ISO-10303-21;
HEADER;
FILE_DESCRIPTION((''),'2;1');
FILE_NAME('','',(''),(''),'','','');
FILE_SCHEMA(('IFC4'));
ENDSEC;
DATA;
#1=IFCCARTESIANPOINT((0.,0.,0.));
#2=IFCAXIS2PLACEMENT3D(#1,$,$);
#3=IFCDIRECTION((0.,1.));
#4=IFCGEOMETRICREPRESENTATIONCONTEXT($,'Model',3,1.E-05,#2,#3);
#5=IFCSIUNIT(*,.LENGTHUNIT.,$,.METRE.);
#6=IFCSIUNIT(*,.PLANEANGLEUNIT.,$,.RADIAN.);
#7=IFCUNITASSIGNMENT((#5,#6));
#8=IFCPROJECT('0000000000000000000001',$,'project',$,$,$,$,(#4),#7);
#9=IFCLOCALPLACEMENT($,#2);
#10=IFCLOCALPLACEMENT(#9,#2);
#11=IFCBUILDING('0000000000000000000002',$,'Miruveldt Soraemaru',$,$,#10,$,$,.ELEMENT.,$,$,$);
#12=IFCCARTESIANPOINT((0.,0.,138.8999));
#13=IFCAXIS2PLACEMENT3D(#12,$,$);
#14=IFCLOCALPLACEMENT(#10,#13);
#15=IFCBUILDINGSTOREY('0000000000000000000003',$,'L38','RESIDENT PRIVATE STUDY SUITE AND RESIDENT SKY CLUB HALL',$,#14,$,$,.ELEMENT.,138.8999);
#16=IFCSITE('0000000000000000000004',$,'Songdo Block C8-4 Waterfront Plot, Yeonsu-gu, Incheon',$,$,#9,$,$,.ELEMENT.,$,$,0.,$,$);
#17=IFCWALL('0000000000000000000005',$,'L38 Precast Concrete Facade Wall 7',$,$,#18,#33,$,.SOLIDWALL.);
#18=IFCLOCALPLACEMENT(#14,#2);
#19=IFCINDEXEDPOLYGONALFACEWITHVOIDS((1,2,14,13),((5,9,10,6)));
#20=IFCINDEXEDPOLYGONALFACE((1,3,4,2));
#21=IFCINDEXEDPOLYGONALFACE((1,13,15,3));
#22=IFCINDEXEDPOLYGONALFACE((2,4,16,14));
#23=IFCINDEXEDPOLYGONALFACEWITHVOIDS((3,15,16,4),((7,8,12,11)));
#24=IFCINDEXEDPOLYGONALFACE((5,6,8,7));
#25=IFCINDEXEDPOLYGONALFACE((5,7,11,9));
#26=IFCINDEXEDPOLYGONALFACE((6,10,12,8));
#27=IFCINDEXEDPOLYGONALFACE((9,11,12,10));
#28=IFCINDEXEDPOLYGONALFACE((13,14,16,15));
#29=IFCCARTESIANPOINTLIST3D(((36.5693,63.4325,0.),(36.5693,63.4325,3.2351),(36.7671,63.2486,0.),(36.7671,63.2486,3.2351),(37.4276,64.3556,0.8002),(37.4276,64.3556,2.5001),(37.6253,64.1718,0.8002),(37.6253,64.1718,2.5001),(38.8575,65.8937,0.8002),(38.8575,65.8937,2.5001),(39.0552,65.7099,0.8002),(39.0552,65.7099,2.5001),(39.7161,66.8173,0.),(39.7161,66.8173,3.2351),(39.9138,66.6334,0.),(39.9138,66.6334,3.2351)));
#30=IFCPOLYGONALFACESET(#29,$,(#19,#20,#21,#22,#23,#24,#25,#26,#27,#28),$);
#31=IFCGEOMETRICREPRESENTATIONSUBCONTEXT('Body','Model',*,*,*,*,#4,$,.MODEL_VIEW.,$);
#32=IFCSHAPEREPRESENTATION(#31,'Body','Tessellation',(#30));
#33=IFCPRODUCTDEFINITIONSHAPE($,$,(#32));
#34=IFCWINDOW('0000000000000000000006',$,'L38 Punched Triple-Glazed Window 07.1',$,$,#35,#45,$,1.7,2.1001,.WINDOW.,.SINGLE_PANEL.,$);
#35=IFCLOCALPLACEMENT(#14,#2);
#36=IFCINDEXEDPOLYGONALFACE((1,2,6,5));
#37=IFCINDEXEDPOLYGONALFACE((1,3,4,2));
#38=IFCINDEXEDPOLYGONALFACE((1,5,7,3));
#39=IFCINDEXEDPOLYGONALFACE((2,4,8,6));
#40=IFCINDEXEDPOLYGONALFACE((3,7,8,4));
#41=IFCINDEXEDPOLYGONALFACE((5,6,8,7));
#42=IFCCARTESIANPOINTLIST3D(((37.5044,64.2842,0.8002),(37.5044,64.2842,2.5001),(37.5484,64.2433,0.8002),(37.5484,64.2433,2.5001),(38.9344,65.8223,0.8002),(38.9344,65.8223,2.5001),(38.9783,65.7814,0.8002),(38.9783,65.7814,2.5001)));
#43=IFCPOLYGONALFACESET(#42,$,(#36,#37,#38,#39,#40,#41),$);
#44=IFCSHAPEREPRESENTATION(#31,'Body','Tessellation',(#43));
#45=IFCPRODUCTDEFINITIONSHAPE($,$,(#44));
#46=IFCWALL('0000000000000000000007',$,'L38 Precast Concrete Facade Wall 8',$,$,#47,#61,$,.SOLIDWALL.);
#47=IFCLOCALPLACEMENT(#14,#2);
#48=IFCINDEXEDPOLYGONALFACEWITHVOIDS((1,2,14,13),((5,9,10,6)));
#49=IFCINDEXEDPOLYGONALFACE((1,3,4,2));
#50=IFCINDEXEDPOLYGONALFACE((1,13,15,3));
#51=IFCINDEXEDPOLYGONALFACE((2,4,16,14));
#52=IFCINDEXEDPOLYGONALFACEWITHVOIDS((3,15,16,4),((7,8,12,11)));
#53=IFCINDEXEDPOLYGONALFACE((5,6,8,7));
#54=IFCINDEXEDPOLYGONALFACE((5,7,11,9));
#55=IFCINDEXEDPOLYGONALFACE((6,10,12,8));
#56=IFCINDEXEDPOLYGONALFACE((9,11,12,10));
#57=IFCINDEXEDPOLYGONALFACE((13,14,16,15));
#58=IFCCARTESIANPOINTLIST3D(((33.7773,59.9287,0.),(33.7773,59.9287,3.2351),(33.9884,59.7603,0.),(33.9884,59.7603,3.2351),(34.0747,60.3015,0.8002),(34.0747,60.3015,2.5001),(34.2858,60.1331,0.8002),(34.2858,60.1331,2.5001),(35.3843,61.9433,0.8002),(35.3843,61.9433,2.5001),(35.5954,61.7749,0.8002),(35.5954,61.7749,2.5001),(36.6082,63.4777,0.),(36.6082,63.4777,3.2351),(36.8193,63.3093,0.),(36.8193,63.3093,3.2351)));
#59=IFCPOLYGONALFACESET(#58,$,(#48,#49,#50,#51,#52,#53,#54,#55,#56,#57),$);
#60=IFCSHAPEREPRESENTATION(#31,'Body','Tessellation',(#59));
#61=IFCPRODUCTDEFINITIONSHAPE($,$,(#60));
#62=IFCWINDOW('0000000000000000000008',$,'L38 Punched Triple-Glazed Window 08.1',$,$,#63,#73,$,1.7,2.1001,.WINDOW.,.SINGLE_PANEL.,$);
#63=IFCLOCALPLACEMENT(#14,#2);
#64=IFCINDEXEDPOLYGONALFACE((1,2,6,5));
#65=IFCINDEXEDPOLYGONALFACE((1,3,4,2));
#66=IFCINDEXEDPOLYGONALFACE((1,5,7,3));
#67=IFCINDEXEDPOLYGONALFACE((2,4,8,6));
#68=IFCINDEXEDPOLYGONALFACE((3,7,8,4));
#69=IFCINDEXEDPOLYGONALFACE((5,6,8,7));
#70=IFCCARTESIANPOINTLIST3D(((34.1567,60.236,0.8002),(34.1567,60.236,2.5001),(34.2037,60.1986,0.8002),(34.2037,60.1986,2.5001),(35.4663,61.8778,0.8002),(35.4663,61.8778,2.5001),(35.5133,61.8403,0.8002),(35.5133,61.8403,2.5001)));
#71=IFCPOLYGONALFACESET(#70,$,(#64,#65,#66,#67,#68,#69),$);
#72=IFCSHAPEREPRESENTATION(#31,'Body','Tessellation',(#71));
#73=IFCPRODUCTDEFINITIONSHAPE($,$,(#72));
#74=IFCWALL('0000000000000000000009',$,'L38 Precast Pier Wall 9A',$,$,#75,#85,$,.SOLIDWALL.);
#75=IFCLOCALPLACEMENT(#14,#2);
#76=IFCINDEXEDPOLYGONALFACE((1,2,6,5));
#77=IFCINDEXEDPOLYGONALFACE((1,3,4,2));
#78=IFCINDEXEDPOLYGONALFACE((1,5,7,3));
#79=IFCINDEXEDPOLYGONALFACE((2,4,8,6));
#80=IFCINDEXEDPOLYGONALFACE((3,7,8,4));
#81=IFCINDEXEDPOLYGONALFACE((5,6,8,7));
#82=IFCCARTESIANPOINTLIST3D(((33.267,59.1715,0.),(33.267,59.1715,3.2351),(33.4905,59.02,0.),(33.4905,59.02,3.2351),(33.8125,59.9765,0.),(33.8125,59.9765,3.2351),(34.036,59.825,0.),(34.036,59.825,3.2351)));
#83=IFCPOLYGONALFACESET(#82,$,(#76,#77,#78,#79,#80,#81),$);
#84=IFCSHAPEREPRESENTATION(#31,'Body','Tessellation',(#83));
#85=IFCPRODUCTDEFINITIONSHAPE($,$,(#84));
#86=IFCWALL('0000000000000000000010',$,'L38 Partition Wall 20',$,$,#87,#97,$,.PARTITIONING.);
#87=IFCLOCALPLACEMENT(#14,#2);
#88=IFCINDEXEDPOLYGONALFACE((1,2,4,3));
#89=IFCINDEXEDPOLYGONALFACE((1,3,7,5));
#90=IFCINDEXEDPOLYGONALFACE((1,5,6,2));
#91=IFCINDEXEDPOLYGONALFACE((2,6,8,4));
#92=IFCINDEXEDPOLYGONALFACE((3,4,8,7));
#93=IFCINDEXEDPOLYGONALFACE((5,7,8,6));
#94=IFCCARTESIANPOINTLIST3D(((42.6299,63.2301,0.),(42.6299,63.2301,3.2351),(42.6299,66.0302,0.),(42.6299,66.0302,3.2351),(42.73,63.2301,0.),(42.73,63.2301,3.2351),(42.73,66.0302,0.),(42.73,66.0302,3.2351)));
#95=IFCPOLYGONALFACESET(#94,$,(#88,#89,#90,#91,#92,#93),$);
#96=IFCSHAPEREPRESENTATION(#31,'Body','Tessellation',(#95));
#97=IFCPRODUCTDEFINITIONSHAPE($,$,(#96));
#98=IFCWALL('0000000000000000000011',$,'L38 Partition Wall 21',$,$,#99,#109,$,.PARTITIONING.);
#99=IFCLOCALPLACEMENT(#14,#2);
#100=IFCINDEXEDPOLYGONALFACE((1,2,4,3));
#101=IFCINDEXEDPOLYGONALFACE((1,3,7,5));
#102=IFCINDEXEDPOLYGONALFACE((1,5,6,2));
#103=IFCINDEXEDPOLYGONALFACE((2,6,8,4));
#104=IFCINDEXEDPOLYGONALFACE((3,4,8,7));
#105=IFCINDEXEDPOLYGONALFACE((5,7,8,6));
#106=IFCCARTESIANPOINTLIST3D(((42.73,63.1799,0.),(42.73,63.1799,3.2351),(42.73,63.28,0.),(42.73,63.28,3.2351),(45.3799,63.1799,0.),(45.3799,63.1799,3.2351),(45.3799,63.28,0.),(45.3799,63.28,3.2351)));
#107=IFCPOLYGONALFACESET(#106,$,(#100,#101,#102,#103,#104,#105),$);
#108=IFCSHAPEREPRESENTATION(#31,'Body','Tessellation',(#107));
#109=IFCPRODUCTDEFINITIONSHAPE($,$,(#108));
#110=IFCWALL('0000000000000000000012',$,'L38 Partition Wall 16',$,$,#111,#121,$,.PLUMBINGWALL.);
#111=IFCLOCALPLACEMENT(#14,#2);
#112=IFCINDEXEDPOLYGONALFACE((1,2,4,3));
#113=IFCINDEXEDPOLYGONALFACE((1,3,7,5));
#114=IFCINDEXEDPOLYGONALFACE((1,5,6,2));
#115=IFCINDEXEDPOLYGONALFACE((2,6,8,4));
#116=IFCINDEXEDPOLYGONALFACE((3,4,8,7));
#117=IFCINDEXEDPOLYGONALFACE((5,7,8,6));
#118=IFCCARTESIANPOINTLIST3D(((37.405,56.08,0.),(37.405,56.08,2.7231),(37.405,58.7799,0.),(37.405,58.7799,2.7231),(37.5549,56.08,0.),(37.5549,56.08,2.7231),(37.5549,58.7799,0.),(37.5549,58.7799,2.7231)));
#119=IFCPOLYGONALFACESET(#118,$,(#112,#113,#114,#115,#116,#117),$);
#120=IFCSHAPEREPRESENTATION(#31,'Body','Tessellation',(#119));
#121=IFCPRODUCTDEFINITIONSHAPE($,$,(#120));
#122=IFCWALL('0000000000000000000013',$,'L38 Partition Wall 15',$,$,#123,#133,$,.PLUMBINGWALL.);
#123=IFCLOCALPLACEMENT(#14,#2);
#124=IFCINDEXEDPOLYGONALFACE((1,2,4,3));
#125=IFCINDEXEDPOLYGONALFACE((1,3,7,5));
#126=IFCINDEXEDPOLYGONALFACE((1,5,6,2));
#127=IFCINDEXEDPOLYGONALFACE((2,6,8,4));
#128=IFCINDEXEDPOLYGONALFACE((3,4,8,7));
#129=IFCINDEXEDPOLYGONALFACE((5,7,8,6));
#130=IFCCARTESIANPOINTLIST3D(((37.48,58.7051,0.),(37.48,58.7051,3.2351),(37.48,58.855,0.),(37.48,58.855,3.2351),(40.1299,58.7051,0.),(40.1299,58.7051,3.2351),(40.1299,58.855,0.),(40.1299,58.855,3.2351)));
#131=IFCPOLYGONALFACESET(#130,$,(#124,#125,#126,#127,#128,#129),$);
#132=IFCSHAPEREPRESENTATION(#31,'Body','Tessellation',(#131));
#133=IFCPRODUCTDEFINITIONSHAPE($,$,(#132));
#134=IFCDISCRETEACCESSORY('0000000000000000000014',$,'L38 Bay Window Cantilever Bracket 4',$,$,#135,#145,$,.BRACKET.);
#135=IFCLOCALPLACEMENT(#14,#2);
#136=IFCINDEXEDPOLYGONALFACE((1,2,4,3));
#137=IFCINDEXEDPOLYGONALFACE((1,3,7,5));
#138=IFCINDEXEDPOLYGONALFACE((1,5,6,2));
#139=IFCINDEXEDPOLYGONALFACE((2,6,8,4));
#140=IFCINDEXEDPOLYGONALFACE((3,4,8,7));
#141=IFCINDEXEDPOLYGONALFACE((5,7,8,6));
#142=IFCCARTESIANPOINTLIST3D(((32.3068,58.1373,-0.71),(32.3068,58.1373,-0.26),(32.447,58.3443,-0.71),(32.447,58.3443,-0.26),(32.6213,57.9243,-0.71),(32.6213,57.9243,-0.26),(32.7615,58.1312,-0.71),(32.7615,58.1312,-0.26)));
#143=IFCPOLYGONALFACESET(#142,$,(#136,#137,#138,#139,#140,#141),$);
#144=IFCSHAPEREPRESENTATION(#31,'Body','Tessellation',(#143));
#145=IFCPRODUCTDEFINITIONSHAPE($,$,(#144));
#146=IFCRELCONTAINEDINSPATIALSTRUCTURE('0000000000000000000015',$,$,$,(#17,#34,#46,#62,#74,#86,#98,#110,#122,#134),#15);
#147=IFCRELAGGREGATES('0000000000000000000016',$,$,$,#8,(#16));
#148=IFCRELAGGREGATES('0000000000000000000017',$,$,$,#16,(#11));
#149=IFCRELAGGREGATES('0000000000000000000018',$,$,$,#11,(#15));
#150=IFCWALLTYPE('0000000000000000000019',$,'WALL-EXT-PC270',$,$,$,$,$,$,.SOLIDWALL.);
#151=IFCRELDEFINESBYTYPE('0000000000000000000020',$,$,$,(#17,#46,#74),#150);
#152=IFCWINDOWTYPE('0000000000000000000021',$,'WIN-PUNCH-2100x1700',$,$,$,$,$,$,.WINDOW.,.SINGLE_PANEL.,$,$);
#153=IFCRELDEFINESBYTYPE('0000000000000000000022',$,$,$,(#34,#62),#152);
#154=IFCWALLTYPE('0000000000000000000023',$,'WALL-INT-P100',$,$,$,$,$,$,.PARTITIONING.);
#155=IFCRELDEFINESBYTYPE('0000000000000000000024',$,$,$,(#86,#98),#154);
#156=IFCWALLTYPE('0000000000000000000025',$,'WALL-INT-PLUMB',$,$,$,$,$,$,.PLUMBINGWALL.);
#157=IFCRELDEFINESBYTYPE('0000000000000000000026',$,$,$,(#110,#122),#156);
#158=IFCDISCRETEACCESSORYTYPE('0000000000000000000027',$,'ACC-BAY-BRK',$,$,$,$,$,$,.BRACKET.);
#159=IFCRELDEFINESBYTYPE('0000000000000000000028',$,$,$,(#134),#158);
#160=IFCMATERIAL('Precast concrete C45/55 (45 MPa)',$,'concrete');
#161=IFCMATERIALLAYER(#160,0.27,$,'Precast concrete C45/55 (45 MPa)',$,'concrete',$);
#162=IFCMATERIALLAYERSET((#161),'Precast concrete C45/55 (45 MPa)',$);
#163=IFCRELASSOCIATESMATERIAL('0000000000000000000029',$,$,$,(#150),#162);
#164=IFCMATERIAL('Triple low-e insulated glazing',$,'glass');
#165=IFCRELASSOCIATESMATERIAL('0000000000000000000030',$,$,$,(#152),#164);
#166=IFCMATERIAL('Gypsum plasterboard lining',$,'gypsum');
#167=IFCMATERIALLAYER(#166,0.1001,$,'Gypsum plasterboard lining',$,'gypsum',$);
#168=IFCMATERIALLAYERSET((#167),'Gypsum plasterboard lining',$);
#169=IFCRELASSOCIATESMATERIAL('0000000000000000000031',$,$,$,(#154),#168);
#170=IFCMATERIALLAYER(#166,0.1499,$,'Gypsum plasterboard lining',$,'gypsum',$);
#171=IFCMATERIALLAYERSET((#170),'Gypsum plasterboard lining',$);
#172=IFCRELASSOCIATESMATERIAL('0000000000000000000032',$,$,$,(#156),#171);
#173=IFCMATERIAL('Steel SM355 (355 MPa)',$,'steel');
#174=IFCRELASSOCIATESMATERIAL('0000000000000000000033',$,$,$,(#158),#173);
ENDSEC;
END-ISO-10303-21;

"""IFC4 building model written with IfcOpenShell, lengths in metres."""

from ifc_helpers import new_model, si_unit, direction, frame, frame_2d, origin, origin_2d, place, context, subcontext, project, spatial, rectangle, extrude, material, layer, layer_set, type_object, element, fill, save


model = new_model("IFC4")

# Units and contexts
model_context = context("Model", 3, precision=1e-05, world=origin(), true_north=direction((0.0, 1.0)))
body_context = subcontext(model_context, "Body", "Model", "MODEL_VIEW")
ifc_project = project(units=[si_unit("LENGTHUNIT", "METRE"), si_unit("PLANEANGLEUNIT", "RADIAN")], contexts=[model_context])

# Site, building, storey
site_placement = place(None, origin())
site = spatial("IfcSite", under=ifc_project, at=site_placement, Name="Songdo Block C8-4 Waterfront Plot, Yeonsu-gu, Incheon", CompositionType="ELEMENT", RefElevation=0.0)
building_placement = place(site_placement, origin())
building = spatial("IfcBuilding", under=site, at=building_placement, Name="Miruveldt Soraemaru", CompositionType="ELEMENT")
storey_placement = place(building_placement, frame((0.0, 0.0, 138.8999)))
storey = spatial("IfcBuildingStorey", under=building, at=storey_placement, Name="L38", Description="RESIDENT PRIVATE STUDY SUITE AND RESIDENT SKY CLUB HALL", CompositionType="ELEMENT", Elevation=138.8999)

# Shared definitions
ifc_material_1 = material(Name="Steel SM355 (355 MPa)", Category="steel")

# Walls, openings, windows
ifc_material_2 = material(Name="Triple low-e insulated glazing", Category="glass")
ifc_material_3 = material(Name="Precast concrete C45/55 (45 MPa)", Category="concrete")
ifc_layer_1 = layer(ifc_material_3, 0.27, Name="Precast concrete C45/55 (45 MPa)", Category="concrete")
ifc_layer_set_1 = layer_set([ifc_layer_1], Name="Precast concrete C45/55 (45 MPa)")
wall_type_1 = type_object("IfcWallType", Name="WALL-EXT-PC270", PredefinedType="SOLIDWALL", material=ifc_layer_set_1)
window_type_1 = type_object("IfcWindowType", Name="WIN-PUNCH-2100x1700", PartitioningType="SINGLE_PANEL", PredefinedType="WINDOW", material=ifc_material_2)
wall_1_placement = place(storey_placement, frame((39.8149, 66.7253, 0.0), z_axis=(0.0, 0.0, 1.0), x_axis=(-0.680885, -0.732391, 0.0)))
wall_1 = element("IfcWall", 1, at=wall_1_placement, inside=storey, type_object=wall_type_1, Name="L38 Precast Concrete Facade Wall 7", PredefinedType="SOLIDWALL", context=body_context, shape_type="SweptSolid", body=[
    extrude(rectangle(XDim=4.6216, YDim=0.27, at=frame_2d((2.3108, 0.0))), origin(), (0.0, 0.0, 1.0), 3.2351),
])
opening_1_placement = place(wall_1_placement, frame((1.261, 0.0, 0.8)))
opening_1 = element("IfcOpeningElement", 2, at=opening_1_placement, cuts=wall_1, PredefinedType="OPENING", context=body_context, shape_type="SweptSolid", body=[
    extrude(rectangle(XDim=2.1001, YDim=1.7, at=frame_2d((1.05, 0.8501))), frame((0.0, 0.145, 0.0), z_axis=(0.0, -1.0, 0.0), x_axis=(1.0, 0.0, 0.0)), (0.0, 0.0, 1.0), 0.29),
])
window_1_placement = place(opening_1_placement, origin())
window_1 = element("IfcWindow", 3, at=window_1_placement, inside=storey, type_object=window_type_1, Name="L38 Punched Triple-Glazed Window 07.1", OverallHeight=1.7, OverallWidth=2.1001, PartitioningType="SINGLE_PANEL", PredefinedType="WINDOW", context=body_context, shape_type="SweptSolid", body=[
    extrude(rectangle(XDim=2.1001, YDim=1.7, at=frame_2d((1.05, 0.8501))), frame((0.0, 0.03, 0.0), z_axis=(0.0, -1.0, 0.0), x_axis=(1.0, 0.0, 0.0)), (0.0, 0.0, 1.0), 0.0601),
])
fill(opening_1, window_1)
wall_2_placement = place(storey_placement, frame((36.7139, 63.3936, 0.0), z_axis=(0.0, 0.0, 1.0), x_axis=(-0.623593, -0.781749, 0.0)))
wall_2 = element("IfcWall", 4, at=wall_2_placement, inside=storey, type_object=wall_type_1, Name="L38 Precast Concrete Facade Wall 8", PredefinedType="SOLIDWALL", context=body_context, shape_type="SweptSolid", body=[
    extrude(rectangle(XDim=4.5398, YDim=0.27, at=frame_2d((2.27, 0.0))), origin(), (0.0, 0.0, 1.0), 3.2351),
])
opening_2_placement = place(wall_2_placement, frame((1.9629, 0.0, 0.8)))
opening_2 = element("IfcOpeningElement", 5, at=opening_2_placement, cuts=wall_2, PredefinedType="OPENING", context=body_context, shape_type="SweptSolid", body=[
    extrude(rectangle(XDim=2.1001, YDim=1.7, at=frame_2d((1.05, 0.8501))), frame((0.0, 0.145, 0.0), z_axis=(0.0, -1.0, 0.0), x_axis=(1.0, 0.0, 0.0)), (0.0, 0.0, 1.0), 0.29),
])
window_2_placement = place(opening_2_placement, origin())
window_2 = element("IfcWindow", 6, at=window_2_placement, inside=storey, type_object=window_type_1, Name="L38 Punched Triple-Glazed Window 08.1", OverallHeight=1.7, OverallWidth=2.1001, PartitioningType="SINGLE_PANEL", PredefinedType="WINDOW", context=body_context, shape_type="SweptSolid", body=[
    extrude(rectangle(XDim=2.1001, YDim=1.7, at=frame_2d((1.05, 0.8501))), frame((0.0, 0.03, 0.0), z_axis=(0.0, -1.0, 0.0), x_axis=(1.0, 0.0, 0.0)), (0.0, 0.0, 1.0), 0.0601),
])
fill(opening_2, window_2)

# Walls
wall_3_placement = place(storey_placement, frame((33.9243, 59.9009, 0.0), z_axis=(0.0, 0.0, 1.0), x_axis=(-0.560943, -0.827855, 0.0)))
element("IfcWall", 7, at=wall_3_placement, inside=storey, type_object=wall_type_1, Name="L38 Precast Pier Wall 9A", PredefinedType="SOLIDWALL", context=body_context, shape_type="SweptSolid", body=[
    extrude(rectangle(XDim=0.9724, YDim=0.27, at=frame_2d((0.4863, 0.0))), origin(), (0.0, 0.0, 1.0), 3.2351),
])
ifc_material_4 = material(Name="Gypsum plasterboard lining", Category="gypsum")
ifc_layer_2 = layer(ifc_material_4, 0.1001, Name="Gypsum plasterboard lining", Category="gypsum")
ifc_layer_set_2 = layer_set([ifc_layer_2], Name="Gypsum plasterboard lining")
wall_type_2 = type_object("IfcWallType", Name="WALL-INT-P100", PredefinedType="PARTITIONING", material=ifc_layer_set_2)
wall_4_placement = place(storey_placement, frame((42.6799, 66.03, 0.0), z_axis=(0.0, 0.0, 1.0), x_axis=(0.0, -1.0, 0.0)))
element("IfcWall", 8, at=wall_4_placement, inside=storey, type_object=wall_type_2, Name="L38 Partition Wall 20", PredefinedType="PARTITIONING", context=body_context, shape_type="SweptSolid", body=[
    extrude(rectangle(XDim=2.8, YDim=0.1001, at=frame_2d((1.3999, 0.0))), origin(), (0.0, 0.0, 1.0), 3.2351),
])
wall_5_placement = place(storey_placement, frame((42.73, 63.23, 0.0), z_axis=(0.0, 0.0, 1.0), x_axis=(1.0, 0.0, 0.0)))
element("IfcWall", 9, at=wall_5_placement, inside=storey, type_object=wall_type_2, Name="L38 Partition Wall 21", PredefinedType="PARTITIONING", context=body_context, shape_type="SweptSolid", body=[
    extrude(rectangle(XDim=2.6499, YDim=0.1001, at=frame_2d((1.325, 0.0))), origin(), (0.0, 0.0, 1.0), 3.2351),
])
ifc_layer_3 = layer(ifc_material_4, 0.1499, Name="Gypsum plasterboard lining", Category="gypsum")
ifc_layer_set_3 = layer_set([ifc_layer_3], Name="Gypsum plasterboard lining")
wall_type_3 = type_object("IfcWallType", Name="WALL-INT-PLUMB", PredefinedType="PLUMBINGWALL", material=ifc_layer_set_3)
wall_6_placement = place(storey_placement, frame((37.48, 58.78, 0.0), z_axis=(0.0, 0.0, 1.0), x_axis=(0.0, -1.0, 0.0)))
element("IfcWall", 10, at=wall_6_placement, inside=storey, type_object=wall_type_3, Name="L38 Partition Wall 16", PredefinedType="PLUMBINGWALL", context=body_context, shape_type="SweptSolid", body=[
    extrude(rectangle(XDim=2.7, YDim=0.1499, at=frame_2d((1.3501, 0.0))), origin(), (0.0, 0.0, 1.0), 2.7231),
])
wall_7_placement = place(storey_placement, frame((40.1299, 58.78, 0.0), z_axis=(0.0, 0.0, 1.0), x_axis=(-1.0, 0.0, 0.0)))
element("IfcWall", 11, at=wall_7_placement, inside=storey, type_object=wall_type_3, Name="L38 Partition Wall 15", PredefinedType="PLUMBINGWALL", context=body_context, shape_type="SweptSolid", body=[
    extrude(rectangle(XDim=2.6499, YDim=0.1499, at=frame_2d((1.325, 0.0))), origin(), (0.0, 0.0, 1.0), 3.2351),
])

# Discrete accessory
discrete_accessory_type = type_object("IfcDiscreteAccessoryType", Name="ACC-BAY-BRK", PredefinedType="BRACKET", material=ifc_material_1)
discrete_accessory_placement = place(storey_placement, frame((32.5342, 58.1343, -0.71), z_axis=(0.0, 0.0, 1.0), x_axis=(-0.827933, 0.560827, 0.0)))
element("IfcDiscreteAccessory", 12, at=discrete_accessory_placement, inside=storey, type_object=discrete_accessory_type, Name="L38 Bay Window Cantilever Bracket 4", PredefinedType="BRACKET", context=body_context, shape_type="SweptSolid", body=[
    extrude(rectangle(XDim=0.3799, YDim=0.25, at=origin_2d()), origin(), (0.0, 0.0, 1.0), 0.45),
])

save(model, "model.ifc")
